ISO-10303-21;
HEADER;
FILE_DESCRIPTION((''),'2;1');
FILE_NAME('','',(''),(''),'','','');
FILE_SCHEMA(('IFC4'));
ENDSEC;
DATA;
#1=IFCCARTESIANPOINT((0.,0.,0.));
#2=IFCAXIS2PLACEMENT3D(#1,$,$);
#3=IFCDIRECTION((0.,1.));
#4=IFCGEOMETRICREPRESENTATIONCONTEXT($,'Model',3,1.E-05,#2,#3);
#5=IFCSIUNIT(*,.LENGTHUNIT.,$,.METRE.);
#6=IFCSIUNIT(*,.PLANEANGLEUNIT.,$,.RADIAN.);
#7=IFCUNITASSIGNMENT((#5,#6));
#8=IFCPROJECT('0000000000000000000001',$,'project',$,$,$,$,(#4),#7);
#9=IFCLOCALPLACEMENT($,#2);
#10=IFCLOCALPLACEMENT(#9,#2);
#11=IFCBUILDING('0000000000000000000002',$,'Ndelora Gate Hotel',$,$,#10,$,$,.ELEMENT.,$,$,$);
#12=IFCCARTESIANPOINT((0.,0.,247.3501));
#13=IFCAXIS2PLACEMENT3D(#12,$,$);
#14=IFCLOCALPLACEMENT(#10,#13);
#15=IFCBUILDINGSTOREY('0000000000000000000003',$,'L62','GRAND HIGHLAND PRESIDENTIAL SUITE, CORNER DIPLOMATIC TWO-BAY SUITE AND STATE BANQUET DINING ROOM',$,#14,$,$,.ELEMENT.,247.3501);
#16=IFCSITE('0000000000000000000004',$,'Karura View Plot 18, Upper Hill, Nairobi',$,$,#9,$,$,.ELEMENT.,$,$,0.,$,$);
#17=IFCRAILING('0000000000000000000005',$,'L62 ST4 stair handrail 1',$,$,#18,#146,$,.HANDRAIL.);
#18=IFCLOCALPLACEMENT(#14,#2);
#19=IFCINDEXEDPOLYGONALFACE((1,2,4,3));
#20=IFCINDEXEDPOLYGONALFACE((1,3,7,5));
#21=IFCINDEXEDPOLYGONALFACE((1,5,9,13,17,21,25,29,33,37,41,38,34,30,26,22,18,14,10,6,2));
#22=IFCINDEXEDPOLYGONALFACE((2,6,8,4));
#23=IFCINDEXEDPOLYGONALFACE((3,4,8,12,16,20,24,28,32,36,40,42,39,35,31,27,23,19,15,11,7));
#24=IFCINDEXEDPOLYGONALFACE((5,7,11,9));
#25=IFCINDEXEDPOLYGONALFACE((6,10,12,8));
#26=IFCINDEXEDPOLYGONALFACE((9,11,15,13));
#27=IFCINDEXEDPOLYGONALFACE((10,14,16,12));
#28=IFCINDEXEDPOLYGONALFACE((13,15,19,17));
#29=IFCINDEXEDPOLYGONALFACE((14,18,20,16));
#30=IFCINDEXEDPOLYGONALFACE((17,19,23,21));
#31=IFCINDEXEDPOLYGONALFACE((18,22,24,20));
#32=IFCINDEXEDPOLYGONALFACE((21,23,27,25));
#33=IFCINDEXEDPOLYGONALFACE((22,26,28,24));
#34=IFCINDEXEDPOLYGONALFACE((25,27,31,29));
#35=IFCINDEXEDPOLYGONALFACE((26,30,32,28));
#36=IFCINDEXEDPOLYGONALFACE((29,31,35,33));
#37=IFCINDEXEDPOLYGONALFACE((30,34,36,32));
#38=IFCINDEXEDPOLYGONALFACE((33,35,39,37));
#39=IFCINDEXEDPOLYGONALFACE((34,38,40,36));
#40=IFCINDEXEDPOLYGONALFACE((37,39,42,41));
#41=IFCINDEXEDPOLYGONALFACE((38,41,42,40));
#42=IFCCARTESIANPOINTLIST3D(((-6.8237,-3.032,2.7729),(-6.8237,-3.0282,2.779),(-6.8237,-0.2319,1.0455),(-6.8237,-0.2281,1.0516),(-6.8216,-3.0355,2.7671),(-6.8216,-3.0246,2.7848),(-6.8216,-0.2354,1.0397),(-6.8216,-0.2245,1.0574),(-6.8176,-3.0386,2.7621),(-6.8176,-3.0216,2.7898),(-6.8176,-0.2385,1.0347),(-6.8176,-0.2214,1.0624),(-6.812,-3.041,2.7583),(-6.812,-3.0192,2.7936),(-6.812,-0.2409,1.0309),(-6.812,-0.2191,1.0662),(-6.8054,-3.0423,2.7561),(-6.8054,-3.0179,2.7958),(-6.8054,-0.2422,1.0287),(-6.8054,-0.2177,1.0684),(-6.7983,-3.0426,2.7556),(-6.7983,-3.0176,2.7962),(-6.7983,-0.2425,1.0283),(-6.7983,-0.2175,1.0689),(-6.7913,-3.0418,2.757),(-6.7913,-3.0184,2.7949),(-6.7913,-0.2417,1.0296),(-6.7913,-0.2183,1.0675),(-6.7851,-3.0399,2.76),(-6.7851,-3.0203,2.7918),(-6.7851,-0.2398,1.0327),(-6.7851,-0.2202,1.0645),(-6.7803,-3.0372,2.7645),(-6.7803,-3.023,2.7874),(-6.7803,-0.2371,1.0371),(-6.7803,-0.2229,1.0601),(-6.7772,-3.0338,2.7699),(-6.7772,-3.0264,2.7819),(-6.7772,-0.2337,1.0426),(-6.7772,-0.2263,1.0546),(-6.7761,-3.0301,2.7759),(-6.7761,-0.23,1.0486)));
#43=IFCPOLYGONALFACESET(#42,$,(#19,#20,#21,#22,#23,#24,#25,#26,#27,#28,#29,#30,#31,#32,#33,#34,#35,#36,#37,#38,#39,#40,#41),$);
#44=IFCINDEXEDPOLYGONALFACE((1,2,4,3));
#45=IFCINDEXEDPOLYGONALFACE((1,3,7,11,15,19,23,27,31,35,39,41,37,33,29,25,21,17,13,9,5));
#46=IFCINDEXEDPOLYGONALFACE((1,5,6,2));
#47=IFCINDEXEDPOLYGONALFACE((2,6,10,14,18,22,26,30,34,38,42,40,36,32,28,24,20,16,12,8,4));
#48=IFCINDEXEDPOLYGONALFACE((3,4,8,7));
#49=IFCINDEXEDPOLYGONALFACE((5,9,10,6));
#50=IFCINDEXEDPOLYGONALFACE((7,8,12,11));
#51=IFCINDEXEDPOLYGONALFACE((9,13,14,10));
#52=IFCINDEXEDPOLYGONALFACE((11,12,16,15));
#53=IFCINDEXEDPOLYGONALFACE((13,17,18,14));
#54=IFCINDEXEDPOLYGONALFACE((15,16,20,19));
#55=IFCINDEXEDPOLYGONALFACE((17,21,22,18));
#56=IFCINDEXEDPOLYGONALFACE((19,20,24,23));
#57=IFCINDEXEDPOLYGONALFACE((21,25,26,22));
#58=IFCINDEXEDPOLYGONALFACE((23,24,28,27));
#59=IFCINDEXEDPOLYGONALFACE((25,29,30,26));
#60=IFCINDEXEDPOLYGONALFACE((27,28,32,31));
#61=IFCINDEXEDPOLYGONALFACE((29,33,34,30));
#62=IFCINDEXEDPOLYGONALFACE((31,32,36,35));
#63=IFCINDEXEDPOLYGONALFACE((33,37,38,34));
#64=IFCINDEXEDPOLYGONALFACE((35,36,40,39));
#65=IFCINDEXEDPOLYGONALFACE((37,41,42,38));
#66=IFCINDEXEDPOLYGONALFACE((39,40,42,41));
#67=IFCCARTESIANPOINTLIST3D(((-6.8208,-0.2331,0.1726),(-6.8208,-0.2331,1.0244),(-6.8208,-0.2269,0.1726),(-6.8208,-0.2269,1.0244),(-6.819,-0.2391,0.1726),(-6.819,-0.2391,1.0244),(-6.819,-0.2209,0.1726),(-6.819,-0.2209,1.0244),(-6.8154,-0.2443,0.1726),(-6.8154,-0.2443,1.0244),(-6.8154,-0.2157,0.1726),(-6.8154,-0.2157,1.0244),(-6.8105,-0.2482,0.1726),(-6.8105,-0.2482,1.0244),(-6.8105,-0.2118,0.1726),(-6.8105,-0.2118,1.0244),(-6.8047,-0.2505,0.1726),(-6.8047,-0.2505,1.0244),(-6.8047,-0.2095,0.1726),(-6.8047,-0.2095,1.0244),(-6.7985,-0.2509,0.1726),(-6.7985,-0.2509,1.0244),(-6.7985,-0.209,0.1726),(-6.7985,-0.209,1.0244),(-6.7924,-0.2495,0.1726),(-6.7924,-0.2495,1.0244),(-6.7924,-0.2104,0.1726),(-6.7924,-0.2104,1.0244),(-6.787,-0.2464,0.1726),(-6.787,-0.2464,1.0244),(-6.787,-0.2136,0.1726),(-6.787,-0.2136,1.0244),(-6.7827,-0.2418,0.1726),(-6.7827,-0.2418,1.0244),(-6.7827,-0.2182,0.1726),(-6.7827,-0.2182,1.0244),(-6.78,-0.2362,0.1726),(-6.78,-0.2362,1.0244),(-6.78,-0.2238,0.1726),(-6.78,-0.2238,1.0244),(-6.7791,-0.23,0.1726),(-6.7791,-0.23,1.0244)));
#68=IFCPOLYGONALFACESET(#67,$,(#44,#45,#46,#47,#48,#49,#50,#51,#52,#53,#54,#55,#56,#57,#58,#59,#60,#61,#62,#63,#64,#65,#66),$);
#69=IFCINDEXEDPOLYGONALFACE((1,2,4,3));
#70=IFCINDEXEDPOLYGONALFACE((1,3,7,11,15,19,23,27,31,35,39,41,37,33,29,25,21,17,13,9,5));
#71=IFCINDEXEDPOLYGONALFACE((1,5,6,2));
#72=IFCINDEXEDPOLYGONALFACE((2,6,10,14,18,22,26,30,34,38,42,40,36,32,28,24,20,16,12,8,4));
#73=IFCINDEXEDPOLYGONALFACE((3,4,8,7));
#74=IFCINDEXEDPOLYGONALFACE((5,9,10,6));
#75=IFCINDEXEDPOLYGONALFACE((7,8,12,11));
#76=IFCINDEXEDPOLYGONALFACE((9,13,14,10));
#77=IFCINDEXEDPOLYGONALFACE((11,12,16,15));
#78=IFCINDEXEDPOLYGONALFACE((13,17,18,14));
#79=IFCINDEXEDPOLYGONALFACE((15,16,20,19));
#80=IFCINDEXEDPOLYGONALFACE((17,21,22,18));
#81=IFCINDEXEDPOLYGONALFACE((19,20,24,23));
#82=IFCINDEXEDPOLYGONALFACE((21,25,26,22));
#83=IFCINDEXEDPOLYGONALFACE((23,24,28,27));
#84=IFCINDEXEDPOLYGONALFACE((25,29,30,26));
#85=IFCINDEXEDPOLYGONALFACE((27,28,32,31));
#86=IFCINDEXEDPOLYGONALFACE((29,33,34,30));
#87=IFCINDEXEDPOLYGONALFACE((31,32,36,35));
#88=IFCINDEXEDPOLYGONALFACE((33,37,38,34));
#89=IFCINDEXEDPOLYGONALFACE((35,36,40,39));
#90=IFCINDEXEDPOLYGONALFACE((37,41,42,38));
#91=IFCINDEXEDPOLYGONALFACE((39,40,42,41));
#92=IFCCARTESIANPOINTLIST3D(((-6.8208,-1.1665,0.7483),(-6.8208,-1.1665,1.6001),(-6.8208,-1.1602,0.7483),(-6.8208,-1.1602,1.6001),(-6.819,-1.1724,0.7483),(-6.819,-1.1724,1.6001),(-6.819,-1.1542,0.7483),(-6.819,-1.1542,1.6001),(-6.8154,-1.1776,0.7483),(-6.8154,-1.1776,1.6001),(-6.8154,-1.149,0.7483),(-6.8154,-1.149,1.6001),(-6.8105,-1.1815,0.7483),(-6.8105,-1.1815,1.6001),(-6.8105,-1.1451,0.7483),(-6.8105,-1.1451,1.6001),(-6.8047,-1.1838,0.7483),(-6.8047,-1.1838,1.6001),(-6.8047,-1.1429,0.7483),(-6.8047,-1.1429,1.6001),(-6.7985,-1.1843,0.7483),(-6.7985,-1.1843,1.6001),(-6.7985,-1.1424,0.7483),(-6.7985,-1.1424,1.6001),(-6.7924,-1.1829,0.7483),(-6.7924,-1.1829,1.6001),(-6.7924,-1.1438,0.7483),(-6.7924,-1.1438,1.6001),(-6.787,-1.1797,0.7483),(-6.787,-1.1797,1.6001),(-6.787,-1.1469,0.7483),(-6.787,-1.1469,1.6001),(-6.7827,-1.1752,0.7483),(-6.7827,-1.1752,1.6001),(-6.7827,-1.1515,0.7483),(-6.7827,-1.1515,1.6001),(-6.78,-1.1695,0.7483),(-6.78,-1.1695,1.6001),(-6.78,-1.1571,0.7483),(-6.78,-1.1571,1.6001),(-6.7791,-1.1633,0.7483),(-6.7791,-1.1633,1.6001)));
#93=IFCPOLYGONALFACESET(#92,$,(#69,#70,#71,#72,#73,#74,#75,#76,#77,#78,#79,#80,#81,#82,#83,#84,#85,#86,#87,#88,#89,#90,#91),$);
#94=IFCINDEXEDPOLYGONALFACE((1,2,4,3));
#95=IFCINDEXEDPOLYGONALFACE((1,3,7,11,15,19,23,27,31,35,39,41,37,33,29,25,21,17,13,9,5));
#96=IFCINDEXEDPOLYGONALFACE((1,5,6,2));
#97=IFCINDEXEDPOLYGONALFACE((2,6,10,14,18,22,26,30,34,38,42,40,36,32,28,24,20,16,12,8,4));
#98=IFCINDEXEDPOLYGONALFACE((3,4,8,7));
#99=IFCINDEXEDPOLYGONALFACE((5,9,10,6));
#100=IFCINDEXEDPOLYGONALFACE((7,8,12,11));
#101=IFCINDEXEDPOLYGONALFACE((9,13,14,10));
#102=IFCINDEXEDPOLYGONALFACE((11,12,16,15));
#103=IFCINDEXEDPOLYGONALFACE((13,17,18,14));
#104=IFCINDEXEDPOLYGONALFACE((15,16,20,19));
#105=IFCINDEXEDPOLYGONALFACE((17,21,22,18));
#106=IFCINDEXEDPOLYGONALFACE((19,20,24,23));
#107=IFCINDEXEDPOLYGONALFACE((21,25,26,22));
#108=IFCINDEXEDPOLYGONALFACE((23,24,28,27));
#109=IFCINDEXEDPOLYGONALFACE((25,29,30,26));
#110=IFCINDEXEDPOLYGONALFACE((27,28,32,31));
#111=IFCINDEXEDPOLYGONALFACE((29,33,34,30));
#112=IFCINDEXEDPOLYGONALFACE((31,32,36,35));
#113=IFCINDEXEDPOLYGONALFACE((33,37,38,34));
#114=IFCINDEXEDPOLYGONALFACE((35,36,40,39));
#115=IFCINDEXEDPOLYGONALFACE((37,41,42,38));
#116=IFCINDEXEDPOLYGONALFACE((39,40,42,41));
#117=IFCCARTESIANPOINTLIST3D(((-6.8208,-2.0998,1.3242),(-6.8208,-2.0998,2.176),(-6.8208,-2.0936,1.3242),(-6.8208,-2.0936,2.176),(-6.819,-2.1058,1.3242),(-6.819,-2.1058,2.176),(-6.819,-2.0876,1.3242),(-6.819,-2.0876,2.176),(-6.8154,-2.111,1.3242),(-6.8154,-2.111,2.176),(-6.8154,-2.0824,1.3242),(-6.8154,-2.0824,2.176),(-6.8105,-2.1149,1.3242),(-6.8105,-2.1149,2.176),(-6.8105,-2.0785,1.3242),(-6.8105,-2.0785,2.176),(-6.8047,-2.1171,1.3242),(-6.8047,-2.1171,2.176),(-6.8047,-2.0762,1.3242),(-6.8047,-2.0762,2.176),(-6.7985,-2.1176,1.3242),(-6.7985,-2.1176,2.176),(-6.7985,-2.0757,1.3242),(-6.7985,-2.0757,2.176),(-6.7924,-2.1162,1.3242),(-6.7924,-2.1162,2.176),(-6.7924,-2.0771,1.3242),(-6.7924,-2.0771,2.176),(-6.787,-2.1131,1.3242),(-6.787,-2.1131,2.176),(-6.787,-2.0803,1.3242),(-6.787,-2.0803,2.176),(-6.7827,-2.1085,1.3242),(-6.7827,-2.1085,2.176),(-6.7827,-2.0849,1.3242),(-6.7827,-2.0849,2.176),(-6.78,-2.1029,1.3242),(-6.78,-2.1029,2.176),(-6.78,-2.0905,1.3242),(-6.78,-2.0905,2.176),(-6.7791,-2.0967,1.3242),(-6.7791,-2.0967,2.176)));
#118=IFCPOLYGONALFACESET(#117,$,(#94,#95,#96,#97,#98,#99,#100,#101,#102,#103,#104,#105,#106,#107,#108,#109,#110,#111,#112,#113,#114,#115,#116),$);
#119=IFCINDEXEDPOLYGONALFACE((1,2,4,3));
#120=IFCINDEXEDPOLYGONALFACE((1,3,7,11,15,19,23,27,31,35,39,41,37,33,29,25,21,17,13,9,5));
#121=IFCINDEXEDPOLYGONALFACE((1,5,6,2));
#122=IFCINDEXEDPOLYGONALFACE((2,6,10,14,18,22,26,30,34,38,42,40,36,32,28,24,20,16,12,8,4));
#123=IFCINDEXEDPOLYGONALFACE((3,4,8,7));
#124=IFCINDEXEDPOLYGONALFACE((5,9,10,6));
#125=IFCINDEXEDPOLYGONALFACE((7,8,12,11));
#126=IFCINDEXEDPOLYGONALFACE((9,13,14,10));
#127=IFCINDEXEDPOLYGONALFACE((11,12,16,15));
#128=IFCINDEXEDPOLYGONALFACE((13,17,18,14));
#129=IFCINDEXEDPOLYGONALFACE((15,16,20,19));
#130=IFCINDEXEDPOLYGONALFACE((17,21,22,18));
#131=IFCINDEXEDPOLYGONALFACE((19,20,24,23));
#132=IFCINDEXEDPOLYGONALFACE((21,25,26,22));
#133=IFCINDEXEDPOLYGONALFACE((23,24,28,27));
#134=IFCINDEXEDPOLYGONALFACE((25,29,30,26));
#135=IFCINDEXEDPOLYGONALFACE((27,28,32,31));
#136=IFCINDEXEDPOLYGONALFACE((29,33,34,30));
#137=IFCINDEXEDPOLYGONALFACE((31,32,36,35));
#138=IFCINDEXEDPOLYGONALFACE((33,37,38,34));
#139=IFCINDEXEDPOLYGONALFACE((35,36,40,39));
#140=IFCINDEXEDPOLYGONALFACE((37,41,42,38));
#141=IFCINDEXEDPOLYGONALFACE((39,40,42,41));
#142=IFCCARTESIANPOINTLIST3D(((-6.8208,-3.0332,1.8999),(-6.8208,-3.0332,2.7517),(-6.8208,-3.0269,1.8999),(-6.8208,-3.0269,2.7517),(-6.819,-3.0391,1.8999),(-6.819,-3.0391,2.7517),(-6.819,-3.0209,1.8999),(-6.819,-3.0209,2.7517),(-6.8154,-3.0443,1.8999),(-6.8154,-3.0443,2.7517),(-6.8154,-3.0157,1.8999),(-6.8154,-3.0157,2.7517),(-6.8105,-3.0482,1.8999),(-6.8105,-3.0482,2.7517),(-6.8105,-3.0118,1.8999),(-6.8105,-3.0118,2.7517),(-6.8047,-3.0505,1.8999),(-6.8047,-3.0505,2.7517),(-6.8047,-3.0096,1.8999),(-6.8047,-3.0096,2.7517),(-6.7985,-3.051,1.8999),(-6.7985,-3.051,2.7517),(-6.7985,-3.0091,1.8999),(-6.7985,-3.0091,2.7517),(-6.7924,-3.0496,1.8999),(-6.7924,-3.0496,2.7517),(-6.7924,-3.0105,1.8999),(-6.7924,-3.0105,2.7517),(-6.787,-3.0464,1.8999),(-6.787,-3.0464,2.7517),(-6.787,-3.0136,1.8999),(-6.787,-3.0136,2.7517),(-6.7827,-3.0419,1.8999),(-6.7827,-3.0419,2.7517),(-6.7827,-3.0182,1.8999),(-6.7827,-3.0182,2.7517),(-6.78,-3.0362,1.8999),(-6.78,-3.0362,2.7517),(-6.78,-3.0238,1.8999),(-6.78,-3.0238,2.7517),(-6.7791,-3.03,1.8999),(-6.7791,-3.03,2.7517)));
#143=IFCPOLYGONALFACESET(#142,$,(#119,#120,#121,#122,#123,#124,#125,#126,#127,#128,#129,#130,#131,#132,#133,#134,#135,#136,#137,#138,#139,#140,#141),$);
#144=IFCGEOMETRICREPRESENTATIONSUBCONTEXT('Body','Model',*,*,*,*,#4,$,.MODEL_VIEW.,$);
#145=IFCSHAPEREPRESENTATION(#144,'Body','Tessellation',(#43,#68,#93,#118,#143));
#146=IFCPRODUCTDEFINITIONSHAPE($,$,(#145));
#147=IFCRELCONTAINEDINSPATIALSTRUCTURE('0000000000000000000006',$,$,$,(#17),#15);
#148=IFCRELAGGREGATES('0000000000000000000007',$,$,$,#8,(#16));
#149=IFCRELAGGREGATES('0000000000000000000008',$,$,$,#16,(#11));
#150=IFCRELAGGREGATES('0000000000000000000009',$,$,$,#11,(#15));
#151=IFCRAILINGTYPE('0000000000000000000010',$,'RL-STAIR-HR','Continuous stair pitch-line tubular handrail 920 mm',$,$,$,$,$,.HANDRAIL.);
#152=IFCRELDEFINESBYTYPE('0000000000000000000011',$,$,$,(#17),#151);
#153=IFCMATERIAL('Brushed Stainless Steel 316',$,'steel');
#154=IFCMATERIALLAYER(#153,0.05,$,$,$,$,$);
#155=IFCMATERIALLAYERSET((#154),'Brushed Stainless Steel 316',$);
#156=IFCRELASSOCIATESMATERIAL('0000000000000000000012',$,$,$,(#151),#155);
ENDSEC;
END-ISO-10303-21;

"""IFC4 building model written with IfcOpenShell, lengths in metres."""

from ifc_helpers import new_model, si_unit, direction, frame, origin, origin_2d, place, context, subcontext, project, spatial, circle, extrude, material, layer, layer_set, type_object, element, save


model = new_model("IFC4")

# Units and contexts
model_context = context("Model", 3, precision=1e-05, world=origin(), true_north=direction((0.0, 1.0)))
body_context = subcontext(model_context, "Body", "Model", "MODEL_VIEW")
ifc_project = project(units=[si_unit("LENGTHUNIT", "METRE"), si_unit("PLANEANGLEUNIT", "RADIAN")], contexts=[model_context])

# Site, building, storey
site_placement = place(None, origin())
site = spatial("IfcSite", under=ifc_project, at=site_placement, Name="Karura View Plot 18, Upper Hill, Nairobi", CompositionType="ELEMENT", RefElevation=0.0)
building_placement = place(site_placement, origin())
building = spatial("IfcBuilding", under=site, at=building_placement, Name="Ndelora Gate Hotel", CompositionType="ELEMENT")
storey_placement = place(building_placement, frame((0.0, 0.0, 247.3501)))
storey = spatial("IfcBuildingStorey", under=building, at=storey_placement, Name="L62", Description="GRAND HIGHLAND PRESIDENTIAL SUITE, CORNER DIPLOMATIC TWO-BAY SUITE AND STATE BANQUET DINING ROOM", CompositionType="ELEMENT", Elevation=247.3501)

# Railing
ifc_material_1 = material(Name="Brushed Stainless Steel 316", Category="steel")
ifc_layer_1 = layer(ifc_material_1, 0.05)
ifc_layer_set_1 = layer_set([ifc_layer_1], Name="Brushed Stainless Steel 316")
railing_type_1 = type_object("IfcRailingType", Name="RL-STAIR-HR", Description="Continuous stair pitch-line tubular handrail 920 mm", PredefinedType="HANDRAIL", material=ifc_layer_set_1)
railing_1_placement = place(storey_placement, frame((-6.8, -0.23, 0.1726)))
element("IfcRailing", 1, at=railing_1_placement, inside=storey, type_object=railing_type_1, Name="L62 ST4 stair handrail 1", PredefinedType="HANDRAIL", context=body_context, shape_type="SweptSolid", body=[
    extrude(circle(Radius=0.0239, at=origin_2d()), frame((0.0, 0.0, 0.876), z_axis=(0.0, -0.85109, 0.52502), x_axis=(1.0, 0.0, 0.0)), (0.0, 0.0, 1.0), 3.29),
    extrude(circle(Radius=0.021, at=origin_2d()), origin(), (0.0, 0.0, 1.0), 0.8518),
    extrude(circle(Radius=0.021, at=origin_2d()), frame((0.0, -0.9333, 0.5757)), (0.0, 0.0, 1.0), 0.8518),
    extrude(circle(Radius=0.021, at=origin_2d()), frame((0.0, -1.8667, 1.1516)), (0.0, 0.0, 1.0), 0.8518),
    extrude(circle(Radius=0.021, at=origin_2d()), frame((0.0, -2.8, 1.7273)), (0.0, 0.0, 1.0), 0.8518),
])

save(model, "model.ifc")
